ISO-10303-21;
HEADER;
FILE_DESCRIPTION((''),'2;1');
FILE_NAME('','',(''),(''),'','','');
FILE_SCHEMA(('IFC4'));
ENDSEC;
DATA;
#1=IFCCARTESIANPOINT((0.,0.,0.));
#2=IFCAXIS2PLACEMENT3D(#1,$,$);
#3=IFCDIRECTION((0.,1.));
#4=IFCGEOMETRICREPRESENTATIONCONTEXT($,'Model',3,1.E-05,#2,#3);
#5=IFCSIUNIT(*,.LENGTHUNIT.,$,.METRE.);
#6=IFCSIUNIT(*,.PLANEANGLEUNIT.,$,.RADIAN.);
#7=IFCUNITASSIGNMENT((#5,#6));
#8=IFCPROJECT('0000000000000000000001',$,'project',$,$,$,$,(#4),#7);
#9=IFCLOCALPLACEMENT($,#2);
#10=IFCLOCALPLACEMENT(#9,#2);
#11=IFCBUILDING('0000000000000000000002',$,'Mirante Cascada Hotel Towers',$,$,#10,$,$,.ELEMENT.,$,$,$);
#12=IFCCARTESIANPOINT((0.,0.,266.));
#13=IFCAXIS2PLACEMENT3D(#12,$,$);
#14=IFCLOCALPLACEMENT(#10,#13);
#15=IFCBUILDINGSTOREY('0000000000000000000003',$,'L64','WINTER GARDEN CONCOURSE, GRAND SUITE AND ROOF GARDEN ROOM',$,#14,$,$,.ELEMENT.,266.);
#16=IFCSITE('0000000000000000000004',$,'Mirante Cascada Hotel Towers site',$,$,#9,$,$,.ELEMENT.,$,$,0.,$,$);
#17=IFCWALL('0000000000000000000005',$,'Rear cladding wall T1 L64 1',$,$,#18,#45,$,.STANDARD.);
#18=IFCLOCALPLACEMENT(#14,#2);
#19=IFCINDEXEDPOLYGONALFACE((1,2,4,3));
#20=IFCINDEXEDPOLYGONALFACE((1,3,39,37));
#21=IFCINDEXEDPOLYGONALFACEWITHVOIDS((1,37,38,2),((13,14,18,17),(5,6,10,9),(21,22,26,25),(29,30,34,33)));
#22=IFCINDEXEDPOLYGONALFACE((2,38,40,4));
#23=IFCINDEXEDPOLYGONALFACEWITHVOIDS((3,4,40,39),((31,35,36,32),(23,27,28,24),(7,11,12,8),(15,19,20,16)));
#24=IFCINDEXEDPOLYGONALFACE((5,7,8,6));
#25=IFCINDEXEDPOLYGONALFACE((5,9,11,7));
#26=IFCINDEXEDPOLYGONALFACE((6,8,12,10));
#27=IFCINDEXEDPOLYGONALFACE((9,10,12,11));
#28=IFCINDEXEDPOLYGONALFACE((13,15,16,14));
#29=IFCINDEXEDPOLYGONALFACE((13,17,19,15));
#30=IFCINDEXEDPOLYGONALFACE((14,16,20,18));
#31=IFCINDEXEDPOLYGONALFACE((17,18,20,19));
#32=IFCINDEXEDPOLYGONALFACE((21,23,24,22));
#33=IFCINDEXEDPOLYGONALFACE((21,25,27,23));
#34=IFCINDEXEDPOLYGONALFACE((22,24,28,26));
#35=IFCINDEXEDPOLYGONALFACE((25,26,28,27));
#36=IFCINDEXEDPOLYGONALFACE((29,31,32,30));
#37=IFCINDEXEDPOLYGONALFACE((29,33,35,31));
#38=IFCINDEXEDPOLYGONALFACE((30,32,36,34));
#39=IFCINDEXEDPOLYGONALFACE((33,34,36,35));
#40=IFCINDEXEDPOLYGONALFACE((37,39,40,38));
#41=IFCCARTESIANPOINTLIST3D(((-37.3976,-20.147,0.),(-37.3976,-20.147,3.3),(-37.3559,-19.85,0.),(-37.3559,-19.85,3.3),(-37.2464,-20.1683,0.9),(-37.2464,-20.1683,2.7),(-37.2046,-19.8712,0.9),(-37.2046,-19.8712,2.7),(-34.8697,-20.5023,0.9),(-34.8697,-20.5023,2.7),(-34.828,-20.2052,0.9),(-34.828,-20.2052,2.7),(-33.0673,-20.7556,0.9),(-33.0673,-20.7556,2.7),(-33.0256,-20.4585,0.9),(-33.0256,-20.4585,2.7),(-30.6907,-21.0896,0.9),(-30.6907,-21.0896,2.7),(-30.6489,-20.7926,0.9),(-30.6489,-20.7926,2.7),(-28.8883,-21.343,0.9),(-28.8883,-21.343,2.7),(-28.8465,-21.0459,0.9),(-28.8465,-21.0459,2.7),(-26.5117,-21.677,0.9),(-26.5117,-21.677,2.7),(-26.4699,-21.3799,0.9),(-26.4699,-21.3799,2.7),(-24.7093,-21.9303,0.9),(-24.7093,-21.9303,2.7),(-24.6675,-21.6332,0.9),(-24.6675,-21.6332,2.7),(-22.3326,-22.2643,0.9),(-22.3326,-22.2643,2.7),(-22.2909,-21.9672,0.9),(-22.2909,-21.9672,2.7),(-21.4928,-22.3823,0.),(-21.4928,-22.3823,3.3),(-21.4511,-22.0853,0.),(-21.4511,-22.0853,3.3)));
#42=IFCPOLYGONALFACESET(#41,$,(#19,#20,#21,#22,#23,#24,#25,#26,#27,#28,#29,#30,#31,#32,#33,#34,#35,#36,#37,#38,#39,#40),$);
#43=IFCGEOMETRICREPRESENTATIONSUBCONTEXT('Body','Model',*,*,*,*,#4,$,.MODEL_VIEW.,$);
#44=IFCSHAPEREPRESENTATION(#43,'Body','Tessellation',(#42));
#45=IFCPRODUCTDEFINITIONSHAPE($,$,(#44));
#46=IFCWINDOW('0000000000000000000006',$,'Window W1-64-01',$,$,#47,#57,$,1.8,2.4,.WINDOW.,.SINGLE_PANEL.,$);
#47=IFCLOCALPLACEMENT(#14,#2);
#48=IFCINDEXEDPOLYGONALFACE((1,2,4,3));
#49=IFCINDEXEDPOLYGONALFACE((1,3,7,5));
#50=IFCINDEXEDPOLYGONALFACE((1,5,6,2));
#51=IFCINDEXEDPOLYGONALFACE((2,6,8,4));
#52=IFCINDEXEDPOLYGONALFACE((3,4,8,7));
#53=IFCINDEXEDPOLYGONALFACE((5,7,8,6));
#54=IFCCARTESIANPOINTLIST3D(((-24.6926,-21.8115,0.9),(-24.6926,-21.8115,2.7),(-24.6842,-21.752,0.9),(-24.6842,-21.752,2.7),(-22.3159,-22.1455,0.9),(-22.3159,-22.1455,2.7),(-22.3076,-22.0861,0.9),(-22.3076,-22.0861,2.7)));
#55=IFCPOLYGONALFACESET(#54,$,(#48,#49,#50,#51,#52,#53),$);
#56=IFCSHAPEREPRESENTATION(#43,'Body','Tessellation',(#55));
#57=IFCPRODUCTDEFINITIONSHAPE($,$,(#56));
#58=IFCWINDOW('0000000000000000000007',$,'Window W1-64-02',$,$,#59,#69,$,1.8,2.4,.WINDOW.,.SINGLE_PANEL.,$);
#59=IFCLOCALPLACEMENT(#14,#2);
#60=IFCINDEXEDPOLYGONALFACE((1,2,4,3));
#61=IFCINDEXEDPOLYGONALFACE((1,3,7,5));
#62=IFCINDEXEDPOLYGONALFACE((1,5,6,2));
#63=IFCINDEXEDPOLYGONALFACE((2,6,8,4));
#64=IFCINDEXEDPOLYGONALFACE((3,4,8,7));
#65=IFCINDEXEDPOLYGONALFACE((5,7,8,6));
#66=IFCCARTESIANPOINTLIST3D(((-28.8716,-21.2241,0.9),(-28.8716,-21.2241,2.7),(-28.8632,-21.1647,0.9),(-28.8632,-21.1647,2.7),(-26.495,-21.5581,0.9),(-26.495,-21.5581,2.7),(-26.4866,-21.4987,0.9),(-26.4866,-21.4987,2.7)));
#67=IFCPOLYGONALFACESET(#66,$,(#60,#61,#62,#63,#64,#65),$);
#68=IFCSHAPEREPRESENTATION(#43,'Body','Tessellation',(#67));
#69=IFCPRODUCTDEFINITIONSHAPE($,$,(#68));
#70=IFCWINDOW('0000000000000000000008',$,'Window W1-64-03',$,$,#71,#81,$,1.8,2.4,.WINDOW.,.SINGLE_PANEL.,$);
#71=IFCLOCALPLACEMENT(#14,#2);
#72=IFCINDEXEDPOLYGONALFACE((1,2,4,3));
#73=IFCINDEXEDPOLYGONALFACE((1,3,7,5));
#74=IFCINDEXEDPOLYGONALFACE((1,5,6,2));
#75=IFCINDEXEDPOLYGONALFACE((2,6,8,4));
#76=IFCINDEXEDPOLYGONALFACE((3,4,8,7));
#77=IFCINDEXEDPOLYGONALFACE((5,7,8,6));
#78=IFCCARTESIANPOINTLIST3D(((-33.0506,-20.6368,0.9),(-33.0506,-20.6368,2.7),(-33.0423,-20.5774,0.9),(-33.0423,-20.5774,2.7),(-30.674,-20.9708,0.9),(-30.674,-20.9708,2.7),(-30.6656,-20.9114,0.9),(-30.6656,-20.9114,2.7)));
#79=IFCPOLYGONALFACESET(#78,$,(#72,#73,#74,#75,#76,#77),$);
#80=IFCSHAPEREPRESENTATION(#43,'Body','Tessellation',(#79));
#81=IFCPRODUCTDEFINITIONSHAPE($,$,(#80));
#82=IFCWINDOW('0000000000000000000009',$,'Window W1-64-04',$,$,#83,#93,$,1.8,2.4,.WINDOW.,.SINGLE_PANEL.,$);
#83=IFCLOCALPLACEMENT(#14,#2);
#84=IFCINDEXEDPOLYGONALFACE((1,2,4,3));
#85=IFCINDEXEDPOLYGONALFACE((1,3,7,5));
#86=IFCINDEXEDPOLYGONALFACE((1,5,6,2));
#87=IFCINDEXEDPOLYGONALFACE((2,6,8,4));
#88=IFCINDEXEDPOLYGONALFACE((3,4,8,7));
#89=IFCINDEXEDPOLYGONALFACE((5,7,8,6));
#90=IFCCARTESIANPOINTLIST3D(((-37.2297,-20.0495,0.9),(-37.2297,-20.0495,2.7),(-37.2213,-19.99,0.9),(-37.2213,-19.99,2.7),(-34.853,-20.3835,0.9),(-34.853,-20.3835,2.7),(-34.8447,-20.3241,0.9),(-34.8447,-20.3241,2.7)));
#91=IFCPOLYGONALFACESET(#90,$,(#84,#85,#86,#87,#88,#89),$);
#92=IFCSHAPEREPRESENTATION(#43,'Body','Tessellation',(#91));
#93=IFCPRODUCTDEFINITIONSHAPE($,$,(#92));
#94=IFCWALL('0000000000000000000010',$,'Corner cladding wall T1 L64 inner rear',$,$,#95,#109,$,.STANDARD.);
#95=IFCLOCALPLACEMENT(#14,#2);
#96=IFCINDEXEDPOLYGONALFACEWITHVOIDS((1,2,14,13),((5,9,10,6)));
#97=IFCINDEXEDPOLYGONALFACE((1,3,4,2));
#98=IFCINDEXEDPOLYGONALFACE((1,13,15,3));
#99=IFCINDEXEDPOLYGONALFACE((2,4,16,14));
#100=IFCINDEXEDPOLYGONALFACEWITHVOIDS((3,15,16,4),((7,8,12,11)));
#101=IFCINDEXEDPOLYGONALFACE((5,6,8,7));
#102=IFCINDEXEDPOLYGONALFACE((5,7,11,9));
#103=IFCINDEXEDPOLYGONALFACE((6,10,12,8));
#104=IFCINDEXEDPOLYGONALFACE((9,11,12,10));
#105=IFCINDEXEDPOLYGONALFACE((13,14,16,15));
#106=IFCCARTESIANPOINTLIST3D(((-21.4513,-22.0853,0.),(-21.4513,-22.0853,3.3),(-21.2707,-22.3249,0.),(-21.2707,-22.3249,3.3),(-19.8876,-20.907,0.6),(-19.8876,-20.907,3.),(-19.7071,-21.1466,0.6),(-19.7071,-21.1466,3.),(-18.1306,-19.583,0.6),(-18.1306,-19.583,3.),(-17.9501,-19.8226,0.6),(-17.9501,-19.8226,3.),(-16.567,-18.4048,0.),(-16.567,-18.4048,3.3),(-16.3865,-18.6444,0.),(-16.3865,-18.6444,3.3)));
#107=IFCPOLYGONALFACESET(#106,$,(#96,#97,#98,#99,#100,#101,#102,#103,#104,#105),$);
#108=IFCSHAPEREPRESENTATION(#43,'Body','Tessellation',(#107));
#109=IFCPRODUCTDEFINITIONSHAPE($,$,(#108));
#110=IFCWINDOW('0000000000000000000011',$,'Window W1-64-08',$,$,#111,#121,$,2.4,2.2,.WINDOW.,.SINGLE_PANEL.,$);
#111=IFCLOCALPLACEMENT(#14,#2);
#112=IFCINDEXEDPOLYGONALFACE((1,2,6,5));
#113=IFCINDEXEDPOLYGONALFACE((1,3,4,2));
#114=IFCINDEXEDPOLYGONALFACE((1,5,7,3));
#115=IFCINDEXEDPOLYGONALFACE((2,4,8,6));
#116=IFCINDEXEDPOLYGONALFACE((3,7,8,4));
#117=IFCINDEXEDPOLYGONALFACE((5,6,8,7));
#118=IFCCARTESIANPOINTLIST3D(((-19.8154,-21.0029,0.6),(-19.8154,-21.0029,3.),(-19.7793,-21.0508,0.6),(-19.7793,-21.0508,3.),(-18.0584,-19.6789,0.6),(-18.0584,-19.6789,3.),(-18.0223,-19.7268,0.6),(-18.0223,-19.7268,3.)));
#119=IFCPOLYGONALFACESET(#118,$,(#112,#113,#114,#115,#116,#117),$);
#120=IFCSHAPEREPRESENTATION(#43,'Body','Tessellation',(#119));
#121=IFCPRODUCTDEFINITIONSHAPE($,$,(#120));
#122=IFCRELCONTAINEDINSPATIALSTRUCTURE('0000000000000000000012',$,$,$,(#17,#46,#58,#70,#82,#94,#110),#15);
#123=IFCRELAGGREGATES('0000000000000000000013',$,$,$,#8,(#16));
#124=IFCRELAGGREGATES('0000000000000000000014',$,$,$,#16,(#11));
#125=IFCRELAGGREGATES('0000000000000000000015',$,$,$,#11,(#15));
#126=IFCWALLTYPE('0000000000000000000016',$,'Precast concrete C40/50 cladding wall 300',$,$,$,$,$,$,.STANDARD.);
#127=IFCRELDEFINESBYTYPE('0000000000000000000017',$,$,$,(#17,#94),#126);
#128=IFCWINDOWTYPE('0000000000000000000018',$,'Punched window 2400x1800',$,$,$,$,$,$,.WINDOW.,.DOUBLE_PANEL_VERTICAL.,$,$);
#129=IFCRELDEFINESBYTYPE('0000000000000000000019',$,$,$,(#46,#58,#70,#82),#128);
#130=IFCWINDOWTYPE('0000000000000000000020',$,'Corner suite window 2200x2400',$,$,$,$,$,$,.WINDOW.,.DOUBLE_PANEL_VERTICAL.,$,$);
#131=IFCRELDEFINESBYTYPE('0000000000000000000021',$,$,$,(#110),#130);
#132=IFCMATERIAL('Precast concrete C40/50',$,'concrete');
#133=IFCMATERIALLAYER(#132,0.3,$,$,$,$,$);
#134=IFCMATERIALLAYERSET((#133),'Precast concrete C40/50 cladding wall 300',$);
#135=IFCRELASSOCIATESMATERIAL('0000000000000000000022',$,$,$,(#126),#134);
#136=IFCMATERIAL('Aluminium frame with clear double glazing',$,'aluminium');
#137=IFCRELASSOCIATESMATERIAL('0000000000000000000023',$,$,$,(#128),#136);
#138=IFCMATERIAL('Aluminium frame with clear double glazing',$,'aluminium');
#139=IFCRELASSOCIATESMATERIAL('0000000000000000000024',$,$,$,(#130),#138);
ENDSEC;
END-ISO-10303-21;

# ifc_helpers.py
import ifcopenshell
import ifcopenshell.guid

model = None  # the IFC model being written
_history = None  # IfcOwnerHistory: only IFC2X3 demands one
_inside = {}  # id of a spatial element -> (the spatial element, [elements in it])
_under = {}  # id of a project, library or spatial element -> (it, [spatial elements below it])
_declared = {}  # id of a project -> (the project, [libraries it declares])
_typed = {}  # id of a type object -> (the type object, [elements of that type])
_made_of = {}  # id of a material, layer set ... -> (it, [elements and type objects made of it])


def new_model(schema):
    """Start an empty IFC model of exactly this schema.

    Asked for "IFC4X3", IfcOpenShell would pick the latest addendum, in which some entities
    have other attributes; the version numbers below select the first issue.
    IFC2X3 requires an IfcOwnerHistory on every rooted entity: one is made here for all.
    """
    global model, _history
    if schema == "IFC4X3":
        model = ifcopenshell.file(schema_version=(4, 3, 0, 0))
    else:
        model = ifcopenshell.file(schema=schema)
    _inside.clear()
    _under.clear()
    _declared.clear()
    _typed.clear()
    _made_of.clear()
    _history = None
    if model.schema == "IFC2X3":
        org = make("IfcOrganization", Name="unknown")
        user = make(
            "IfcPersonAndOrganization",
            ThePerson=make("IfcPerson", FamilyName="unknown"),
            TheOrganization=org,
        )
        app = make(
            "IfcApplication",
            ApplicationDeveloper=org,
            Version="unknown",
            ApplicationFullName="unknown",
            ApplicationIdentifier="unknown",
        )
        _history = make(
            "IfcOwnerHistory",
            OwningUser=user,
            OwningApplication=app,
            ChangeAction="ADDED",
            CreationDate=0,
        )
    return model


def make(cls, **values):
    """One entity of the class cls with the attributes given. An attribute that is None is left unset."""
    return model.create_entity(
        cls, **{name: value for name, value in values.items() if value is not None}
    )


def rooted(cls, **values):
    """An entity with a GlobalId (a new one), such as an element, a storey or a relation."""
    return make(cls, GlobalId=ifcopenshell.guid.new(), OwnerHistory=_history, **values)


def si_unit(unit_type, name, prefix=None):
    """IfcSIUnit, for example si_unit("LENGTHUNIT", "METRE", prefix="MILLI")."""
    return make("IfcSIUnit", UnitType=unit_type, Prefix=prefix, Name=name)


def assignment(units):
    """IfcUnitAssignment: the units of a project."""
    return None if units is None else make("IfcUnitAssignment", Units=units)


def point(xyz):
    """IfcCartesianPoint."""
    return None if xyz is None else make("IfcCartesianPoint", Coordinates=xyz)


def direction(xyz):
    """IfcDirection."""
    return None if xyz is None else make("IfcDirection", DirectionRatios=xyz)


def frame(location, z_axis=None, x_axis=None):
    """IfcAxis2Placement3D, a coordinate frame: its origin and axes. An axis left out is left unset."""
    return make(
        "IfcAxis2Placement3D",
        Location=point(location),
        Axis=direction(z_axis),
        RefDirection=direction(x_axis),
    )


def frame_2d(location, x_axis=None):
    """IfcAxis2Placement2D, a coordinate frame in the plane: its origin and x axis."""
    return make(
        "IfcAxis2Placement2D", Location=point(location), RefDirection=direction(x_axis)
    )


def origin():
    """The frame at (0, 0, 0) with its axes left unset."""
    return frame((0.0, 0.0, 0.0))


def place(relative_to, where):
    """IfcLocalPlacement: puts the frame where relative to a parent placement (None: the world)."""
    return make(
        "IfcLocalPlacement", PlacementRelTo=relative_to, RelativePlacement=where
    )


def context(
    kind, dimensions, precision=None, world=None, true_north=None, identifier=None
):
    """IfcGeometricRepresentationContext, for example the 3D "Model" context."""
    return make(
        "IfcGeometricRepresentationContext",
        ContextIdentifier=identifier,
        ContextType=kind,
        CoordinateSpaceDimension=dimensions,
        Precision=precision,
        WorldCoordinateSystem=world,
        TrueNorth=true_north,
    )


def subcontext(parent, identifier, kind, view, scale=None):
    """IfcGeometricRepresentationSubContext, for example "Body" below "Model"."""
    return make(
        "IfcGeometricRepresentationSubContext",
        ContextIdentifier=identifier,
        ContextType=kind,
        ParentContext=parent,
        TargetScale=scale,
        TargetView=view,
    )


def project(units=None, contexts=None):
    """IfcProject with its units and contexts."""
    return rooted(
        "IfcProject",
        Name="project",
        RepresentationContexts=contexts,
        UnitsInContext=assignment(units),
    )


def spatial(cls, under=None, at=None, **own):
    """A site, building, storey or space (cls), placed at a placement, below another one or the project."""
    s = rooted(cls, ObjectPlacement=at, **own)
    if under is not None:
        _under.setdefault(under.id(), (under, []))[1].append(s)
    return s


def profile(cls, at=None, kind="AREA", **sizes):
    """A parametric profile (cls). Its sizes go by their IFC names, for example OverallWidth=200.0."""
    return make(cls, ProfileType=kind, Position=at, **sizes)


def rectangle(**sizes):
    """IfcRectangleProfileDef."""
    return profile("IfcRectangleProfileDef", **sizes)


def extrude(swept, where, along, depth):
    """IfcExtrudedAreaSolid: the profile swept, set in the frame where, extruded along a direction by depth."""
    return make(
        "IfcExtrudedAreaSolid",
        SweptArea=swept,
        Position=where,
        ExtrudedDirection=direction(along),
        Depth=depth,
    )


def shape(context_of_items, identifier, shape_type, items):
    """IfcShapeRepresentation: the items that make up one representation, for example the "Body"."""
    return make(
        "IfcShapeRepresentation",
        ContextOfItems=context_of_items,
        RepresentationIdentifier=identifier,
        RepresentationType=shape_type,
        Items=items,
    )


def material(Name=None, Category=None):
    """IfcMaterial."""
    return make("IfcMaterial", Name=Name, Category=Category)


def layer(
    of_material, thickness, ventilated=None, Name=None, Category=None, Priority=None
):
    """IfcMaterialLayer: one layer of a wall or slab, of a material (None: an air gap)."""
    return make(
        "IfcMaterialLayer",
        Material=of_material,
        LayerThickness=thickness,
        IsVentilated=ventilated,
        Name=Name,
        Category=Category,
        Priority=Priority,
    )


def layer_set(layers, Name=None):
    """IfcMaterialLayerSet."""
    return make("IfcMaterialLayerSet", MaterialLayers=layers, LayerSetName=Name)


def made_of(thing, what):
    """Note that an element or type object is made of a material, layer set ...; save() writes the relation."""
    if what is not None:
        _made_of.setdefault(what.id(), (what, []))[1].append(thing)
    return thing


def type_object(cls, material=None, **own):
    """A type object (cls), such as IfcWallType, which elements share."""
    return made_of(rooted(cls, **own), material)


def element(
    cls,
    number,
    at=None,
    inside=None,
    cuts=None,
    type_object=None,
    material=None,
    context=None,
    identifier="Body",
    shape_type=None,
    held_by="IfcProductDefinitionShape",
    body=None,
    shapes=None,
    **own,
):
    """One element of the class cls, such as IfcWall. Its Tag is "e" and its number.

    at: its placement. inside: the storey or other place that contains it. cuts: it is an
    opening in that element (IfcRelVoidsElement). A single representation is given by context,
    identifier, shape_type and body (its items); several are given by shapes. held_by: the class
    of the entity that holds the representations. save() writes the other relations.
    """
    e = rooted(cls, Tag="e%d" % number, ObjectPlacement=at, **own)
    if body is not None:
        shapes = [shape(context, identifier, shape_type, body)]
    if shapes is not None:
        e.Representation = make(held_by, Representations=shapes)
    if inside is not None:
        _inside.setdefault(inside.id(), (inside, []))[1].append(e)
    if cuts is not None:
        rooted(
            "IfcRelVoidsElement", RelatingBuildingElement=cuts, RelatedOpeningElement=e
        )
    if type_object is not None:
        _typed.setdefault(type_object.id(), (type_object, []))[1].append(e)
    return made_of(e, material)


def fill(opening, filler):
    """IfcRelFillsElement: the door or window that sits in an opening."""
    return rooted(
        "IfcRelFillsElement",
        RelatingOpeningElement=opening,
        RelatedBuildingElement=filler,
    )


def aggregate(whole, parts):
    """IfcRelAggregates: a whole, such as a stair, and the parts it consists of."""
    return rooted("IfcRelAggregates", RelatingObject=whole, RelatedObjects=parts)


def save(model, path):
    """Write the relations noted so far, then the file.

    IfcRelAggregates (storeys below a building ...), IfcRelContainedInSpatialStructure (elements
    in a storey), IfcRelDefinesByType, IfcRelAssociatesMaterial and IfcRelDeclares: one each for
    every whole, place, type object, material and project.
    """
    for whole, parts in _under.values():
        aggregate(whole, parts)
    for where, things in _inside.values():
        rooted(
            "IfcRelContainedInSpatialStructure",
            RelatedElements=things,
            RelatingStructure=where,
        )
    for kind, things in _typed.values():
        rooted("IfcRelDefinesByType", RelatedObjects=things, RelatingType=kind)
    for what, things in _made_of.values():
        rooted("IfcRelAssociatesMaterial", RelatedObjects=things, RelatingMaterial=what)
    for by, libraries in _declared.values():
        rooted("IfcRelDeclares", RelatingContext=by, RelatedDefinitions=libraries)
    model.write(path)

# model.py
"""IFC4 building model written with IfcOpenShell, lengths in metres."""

from ifc_helpers import new_model, si_unit, direction, frame, frame_2d, origin, place, context, subcontext, project, spatial, rectangle, extrude, material, layer, layer_set, type_object, element, fill, save


model = new_model("IFC4")

# Units and contexts
model_context = context("Model", 3, precision=1e-05, world=origin(), true_north=direction((0.0, 1.0)))
body_context = subcontext(model_context, "Body", "Model", "MODEL_VIEW")
ifc_project = project(units=[si_unit("LENGTHUNIT", "METRE"), si_unit("PLANEANGLEUNIT", "RADIAN")], contexts=[model_context])

# Site, building, storey
site_placement = place(None, origin())
site = spatial("IfcSite", under=ifc_project, at=site_placement, Name="Mirante Cascada Hotel Towers site", CompositionType="ELEMENT", RefElevation=0.0)
building_placement = place(site_placement, origin())
building = spatial("IfcBuilding", under=site, at=building_placement, Name="Mirante Cascada Hotel Towers", CompositionType="ELEMENT")
storey_placement = place(building_placement, frame((0.0, 0.0, 266.0)))
storey = spatial("IfcBuildingStorey", under=building, at=storey_placement, Name="L64", Description="WINTER GARDEN CONCOURSE, GRAND SUITE AND ROOF GARDEN ROOM", CompositionType="ELEMENT", Elevation=266.0)

# Wall, openings, windows
ifc_material_1 = material(Name="Precast concrete C40/50", Category="concrete")
ifc_layer_1 = layer(ifc_material_1, 0.3)
ifc_layer_set_1 = layer_set([ifc_layer_1], Name="Precast concrete C40/50 cladding wall 300")
wall_type_1 = type_object("IfcWallType", Name="Precast concrete C40/50 cladding wall 300", PredefinedType="STANDARD", material=ifc_layer_set_1)
wall_1_placement = place(storey_placement, frame((-21.4719, -22.2338, 0.0), z_axis=(0.0, 0.0, 1.0), x_axis=(-0.990268, 0.139175, 0.0)))
wall_1 = element("IfcWall", 1, at=wall_1_placement, inside=storey, type_object=wall_type_1, Name="Rear cladding wall T1 L64 1", PredefinedType="STANDARD", context=body_context, shape_type="SweptSolid", body=[
    extrude(rectangle(XDim=16.0611, YDim=0.3, at=frame_2d((8.0306, 0.0))), origin(), (0.0, 0.0, 1.0), 3.3),
])
opening_1_placement = place(wall_1_placement, frame((0.8481, 0.0, 0.9)))
opening_1 = element("IfcOpeningElement", 2, at=opening_1_placement, cuts=wall_1, PredefinedType="OPENING", context=body_context, shape_type="SweptSolid", body=[
    extrude(rectangle(XDim=2.4, YDim=1.8, at=frame_2d((1.2, 0.9))), frame((0.0, 0.15, 0.0), z_axis=(0.0, -1.0, 0.0), x_axis=(1.0, 0.0, 0.0)), (0.0, 0.0, 1.0), 0.3),
])
opening_2_placement = place(wall_1_placement, frame((5.0682, 0.0, 0.9)))
opening_2 = element("IfcOpeningElement", 3, at=opening_2_placement, cuts=wall_1, PredefinedType="OPENING", context=body_context, shape_type="SweptSolid", body=[
    extrude(rectangle(XDim=2.4, YDim=1.8, at=frame_2d((1.2, 0.9))), frame((0.0, 0.15, 0.0), z_axis=(0.0, -1.0, 0.0), x_axis=(1.0, 0.0, 0.0)), (0.0, 0.0, 1.0), 0.3),
])
opening_3_placement = place(wall_1_placement, frame((9.2883, 0.0, 0.9)))
opening_3 = element("IfcOpeningElement", 4, at=opening_3_placement, cuts=wall_1, PredefinedType="OPENING", context=body_context, shape_type="SweptSolid", body=[
    extrude(rectangle(XDim=2.4, YDim=1.8, at=frame_2d((1.2, 0.9))), frame((0.0, 0.15, 0.0), z_axis=(0.0, -1.0, 0.0), x_axis=(1.0, 0.0, 0.0)), (0.0, 0.0, 1.0), 0.3),
])
opening_4_placement = place(wall_1_placement, frame((13.5084, 0.0, 0.9)))
opening_4 = element("IfcOpeningElement", 5, at=opening_4_placement, cuts=wall_1, PredefinedType="OPENING", context=body_context, shape_type="SweptSolid", body=[
    extrude(rectangle(XDim=2.4, YDim=1.8, at=frame_2d((1.2, 0.9))), frame((0.0, 0.15, 0.0), z_axis=(0.0, -1.0, 0.0), x_axis=(1.0, 0.0, 0.0)), (0.0, 0.0, 1.0), 0.3),
])
ifc_material_2 = material(Name="Aluminium frame with clear double glazing", Category="aluminium")
window_type_1 = type_object("IfcWindowType", Name="Punched window 2400x1800", PartitioningType="DOUBLE_PANEL_VERTICAL", PredefinedType="WINDOW", material=ifc_material_2)
window_1_placement = place(opening_1_placement, origin())
window_1 = element("IfcWindow", 6, at=window_1_placement, inside=storey, type_object=window_type_1, Name="Window W1-64-01", OverallHeight=1.8, OverallWidth=2.4, PartitioningType="SINGLE_PANEL", PredefinedType="WINDOW", context=body_context, shape_type="SweptSolid", body=[
    extrude(rectangle(XDim=2.4, YDim=1.8, at=frame_2d((1.2, 0.9))), frame((0.0, 0.03, 0.0), z_axis=(0.0, -1.0, 0.0), x_axis=(1.0, 0.0, 0.0)), (0.0, 0.0, 1.0), 0.06),
])
fill(opening_1, window_1)
window_2_placement = place(opening_2_placement, origin())
window_2 = element("IfcWindow", 7, at=window_2_placement, inside=storey, type_object=window_type_1, Name="Window W1-64-02", OverallHeight=1.8, OverallWidth=2.4, PartitioningType="SINGLE_PANEL", PredefinedType="WINDOW", context=body_context, shape_type="SweptSolid", body=[
    extrude(rectangle(XDim=2.4, YDim=1.8, at=frame_2d((1.2, 0.9))), frame((0.0, 0.03, 0.0), z_axis=(0.0, -1.0, 0.0), x_axis=(1.0, 0.0, 0.0)), (0.0, 0.0, 1.0), 0.06),
])
fill(opening_2, window_2)
window_3_placement = place(opening_3_placement, origin())
window_3 = element("IfcWindow", 8, at=window_3_placement, inside=storey, type_object=window_type_1, Name="Window W1-64-03", OverallHeight=1.8, OverallWidth=2.4, PartitioningType="SINGLE_PANEL", PredefinedType="WINDOW", context=body_context, shape_type="SweptSolid", body=[
    extrude(rectangle(XDim=2.4, YDim=1.8, at=frame_2d((1.2, 0.9))), frame((0.0, 0.03, 0.0), z_axis=(0.0, -1.0, 0.0), x_axis=(1.0, 0.0, 0.0)), (0.0, 0.0, 1.0), 0.06),
])
fill(opening_3, window_3)
window_4_placement = place(opening_4_placement, origin())
window_4 = element("IfcWindow", 9, at=window_4_placement, inside=storey, type_object=window_type_1, Name="Window W1-64-04", OverallHeight=1.8, OverallWidth=2.4, PartitioningType="SINGLE_PANEL", PredefinedType="WINDOW", context=body_context, shape_type="SweptSolid", body=[
    extrude(rectangle(XDim=2.4, YDim=1.8, at=frame_2d((1.2, 0.9))), frame((0.0, 0.03, 0.0), z_axis=(0.0, -1.0, 0.0), x_axis=(1.0, 0.0, 0.0)), (0.0, 0.0, 1.0), 0.06),
])
fill(opening_4, window_4)

# Wall, opening, window
wall_2_placement = place(storey_placement, frame((-16.4768, -18.5246, 0.0), z_axis=(0.0, 0.0, 1.0), x_axis=(-0.798636, -0.601814, 0.0)))
wall_2 = element("IfcWall", 10, at=wall_2_placement, inside=storey, type_object=wall_type_1, Name="Corner cladding wall T1 L64 inner rear", PredefinedType="STANDARD", context=body_context, shape_type="SweptSolid", body=[
    extrude(rectangle(XDim=6.1157, YDim=0.3, at=frame_2d((3.0578, 0.0))), origin(), (0.0, 0.0, 1.0), 3.3),
])
opening_5_placement = place(wall_2_placement, frame((1.9578, 0.0, 0.6)))
opening_5 = element("IfcOpeningElement", 11, at=opening_5_placement, cuts=wall_2, PredefinedType="OPENING", context=body_context, shape_type="SweptSolid", body=[
    extrude(rectangle(XDim=2.2, YDim=2.4, at=frame_2d((1.1, 1.2))), frame((0.0, 0.15, 0.0), z_axis=(0.0, -1.0, 0.0), x_axis=(1.0, 0.0, 0.0)), (0.0, 0.0, 1.0), 0.3),
])
ifc_material_3 = material(Name="Aluminium frame with clear double glazing", Category="aluminium")
window_type_2 = type_object("IfcWindowType", Name="Corner suite window 2200x2400", PartitioningType="DOUBLE_PANEL_VERTICAL", PredefinedType="WINDOW", material=ifc_material_3)
window_5_placement = place(opening_5_placement, origin())
window_5 = element("IfcWindow", 12, at=window_5_placement, inside=storey, type_object=window_type_2, Name="Window W1-64-08", OverallHeight=2.4, OverallWidth=2.2, PartitioningType="SINGLE_PANEL", PredefinedType="WINDOW", context=body_context, shape_type="SweptSolid", body=[
    extrude(rectangle(XDim=2.2, YDim=2.4, at=frame_2d((1.1, 1.2))), frame((0.0, 0.03, 0.0), z_axis=(0.0, -1.0, 0.0), x_axis=(1.0, 0.0, 0.0)), (0.0, 0.0, 1.0), 0.06),
])
fill(opening_5, window_5)

save(model, "model.ifc")
